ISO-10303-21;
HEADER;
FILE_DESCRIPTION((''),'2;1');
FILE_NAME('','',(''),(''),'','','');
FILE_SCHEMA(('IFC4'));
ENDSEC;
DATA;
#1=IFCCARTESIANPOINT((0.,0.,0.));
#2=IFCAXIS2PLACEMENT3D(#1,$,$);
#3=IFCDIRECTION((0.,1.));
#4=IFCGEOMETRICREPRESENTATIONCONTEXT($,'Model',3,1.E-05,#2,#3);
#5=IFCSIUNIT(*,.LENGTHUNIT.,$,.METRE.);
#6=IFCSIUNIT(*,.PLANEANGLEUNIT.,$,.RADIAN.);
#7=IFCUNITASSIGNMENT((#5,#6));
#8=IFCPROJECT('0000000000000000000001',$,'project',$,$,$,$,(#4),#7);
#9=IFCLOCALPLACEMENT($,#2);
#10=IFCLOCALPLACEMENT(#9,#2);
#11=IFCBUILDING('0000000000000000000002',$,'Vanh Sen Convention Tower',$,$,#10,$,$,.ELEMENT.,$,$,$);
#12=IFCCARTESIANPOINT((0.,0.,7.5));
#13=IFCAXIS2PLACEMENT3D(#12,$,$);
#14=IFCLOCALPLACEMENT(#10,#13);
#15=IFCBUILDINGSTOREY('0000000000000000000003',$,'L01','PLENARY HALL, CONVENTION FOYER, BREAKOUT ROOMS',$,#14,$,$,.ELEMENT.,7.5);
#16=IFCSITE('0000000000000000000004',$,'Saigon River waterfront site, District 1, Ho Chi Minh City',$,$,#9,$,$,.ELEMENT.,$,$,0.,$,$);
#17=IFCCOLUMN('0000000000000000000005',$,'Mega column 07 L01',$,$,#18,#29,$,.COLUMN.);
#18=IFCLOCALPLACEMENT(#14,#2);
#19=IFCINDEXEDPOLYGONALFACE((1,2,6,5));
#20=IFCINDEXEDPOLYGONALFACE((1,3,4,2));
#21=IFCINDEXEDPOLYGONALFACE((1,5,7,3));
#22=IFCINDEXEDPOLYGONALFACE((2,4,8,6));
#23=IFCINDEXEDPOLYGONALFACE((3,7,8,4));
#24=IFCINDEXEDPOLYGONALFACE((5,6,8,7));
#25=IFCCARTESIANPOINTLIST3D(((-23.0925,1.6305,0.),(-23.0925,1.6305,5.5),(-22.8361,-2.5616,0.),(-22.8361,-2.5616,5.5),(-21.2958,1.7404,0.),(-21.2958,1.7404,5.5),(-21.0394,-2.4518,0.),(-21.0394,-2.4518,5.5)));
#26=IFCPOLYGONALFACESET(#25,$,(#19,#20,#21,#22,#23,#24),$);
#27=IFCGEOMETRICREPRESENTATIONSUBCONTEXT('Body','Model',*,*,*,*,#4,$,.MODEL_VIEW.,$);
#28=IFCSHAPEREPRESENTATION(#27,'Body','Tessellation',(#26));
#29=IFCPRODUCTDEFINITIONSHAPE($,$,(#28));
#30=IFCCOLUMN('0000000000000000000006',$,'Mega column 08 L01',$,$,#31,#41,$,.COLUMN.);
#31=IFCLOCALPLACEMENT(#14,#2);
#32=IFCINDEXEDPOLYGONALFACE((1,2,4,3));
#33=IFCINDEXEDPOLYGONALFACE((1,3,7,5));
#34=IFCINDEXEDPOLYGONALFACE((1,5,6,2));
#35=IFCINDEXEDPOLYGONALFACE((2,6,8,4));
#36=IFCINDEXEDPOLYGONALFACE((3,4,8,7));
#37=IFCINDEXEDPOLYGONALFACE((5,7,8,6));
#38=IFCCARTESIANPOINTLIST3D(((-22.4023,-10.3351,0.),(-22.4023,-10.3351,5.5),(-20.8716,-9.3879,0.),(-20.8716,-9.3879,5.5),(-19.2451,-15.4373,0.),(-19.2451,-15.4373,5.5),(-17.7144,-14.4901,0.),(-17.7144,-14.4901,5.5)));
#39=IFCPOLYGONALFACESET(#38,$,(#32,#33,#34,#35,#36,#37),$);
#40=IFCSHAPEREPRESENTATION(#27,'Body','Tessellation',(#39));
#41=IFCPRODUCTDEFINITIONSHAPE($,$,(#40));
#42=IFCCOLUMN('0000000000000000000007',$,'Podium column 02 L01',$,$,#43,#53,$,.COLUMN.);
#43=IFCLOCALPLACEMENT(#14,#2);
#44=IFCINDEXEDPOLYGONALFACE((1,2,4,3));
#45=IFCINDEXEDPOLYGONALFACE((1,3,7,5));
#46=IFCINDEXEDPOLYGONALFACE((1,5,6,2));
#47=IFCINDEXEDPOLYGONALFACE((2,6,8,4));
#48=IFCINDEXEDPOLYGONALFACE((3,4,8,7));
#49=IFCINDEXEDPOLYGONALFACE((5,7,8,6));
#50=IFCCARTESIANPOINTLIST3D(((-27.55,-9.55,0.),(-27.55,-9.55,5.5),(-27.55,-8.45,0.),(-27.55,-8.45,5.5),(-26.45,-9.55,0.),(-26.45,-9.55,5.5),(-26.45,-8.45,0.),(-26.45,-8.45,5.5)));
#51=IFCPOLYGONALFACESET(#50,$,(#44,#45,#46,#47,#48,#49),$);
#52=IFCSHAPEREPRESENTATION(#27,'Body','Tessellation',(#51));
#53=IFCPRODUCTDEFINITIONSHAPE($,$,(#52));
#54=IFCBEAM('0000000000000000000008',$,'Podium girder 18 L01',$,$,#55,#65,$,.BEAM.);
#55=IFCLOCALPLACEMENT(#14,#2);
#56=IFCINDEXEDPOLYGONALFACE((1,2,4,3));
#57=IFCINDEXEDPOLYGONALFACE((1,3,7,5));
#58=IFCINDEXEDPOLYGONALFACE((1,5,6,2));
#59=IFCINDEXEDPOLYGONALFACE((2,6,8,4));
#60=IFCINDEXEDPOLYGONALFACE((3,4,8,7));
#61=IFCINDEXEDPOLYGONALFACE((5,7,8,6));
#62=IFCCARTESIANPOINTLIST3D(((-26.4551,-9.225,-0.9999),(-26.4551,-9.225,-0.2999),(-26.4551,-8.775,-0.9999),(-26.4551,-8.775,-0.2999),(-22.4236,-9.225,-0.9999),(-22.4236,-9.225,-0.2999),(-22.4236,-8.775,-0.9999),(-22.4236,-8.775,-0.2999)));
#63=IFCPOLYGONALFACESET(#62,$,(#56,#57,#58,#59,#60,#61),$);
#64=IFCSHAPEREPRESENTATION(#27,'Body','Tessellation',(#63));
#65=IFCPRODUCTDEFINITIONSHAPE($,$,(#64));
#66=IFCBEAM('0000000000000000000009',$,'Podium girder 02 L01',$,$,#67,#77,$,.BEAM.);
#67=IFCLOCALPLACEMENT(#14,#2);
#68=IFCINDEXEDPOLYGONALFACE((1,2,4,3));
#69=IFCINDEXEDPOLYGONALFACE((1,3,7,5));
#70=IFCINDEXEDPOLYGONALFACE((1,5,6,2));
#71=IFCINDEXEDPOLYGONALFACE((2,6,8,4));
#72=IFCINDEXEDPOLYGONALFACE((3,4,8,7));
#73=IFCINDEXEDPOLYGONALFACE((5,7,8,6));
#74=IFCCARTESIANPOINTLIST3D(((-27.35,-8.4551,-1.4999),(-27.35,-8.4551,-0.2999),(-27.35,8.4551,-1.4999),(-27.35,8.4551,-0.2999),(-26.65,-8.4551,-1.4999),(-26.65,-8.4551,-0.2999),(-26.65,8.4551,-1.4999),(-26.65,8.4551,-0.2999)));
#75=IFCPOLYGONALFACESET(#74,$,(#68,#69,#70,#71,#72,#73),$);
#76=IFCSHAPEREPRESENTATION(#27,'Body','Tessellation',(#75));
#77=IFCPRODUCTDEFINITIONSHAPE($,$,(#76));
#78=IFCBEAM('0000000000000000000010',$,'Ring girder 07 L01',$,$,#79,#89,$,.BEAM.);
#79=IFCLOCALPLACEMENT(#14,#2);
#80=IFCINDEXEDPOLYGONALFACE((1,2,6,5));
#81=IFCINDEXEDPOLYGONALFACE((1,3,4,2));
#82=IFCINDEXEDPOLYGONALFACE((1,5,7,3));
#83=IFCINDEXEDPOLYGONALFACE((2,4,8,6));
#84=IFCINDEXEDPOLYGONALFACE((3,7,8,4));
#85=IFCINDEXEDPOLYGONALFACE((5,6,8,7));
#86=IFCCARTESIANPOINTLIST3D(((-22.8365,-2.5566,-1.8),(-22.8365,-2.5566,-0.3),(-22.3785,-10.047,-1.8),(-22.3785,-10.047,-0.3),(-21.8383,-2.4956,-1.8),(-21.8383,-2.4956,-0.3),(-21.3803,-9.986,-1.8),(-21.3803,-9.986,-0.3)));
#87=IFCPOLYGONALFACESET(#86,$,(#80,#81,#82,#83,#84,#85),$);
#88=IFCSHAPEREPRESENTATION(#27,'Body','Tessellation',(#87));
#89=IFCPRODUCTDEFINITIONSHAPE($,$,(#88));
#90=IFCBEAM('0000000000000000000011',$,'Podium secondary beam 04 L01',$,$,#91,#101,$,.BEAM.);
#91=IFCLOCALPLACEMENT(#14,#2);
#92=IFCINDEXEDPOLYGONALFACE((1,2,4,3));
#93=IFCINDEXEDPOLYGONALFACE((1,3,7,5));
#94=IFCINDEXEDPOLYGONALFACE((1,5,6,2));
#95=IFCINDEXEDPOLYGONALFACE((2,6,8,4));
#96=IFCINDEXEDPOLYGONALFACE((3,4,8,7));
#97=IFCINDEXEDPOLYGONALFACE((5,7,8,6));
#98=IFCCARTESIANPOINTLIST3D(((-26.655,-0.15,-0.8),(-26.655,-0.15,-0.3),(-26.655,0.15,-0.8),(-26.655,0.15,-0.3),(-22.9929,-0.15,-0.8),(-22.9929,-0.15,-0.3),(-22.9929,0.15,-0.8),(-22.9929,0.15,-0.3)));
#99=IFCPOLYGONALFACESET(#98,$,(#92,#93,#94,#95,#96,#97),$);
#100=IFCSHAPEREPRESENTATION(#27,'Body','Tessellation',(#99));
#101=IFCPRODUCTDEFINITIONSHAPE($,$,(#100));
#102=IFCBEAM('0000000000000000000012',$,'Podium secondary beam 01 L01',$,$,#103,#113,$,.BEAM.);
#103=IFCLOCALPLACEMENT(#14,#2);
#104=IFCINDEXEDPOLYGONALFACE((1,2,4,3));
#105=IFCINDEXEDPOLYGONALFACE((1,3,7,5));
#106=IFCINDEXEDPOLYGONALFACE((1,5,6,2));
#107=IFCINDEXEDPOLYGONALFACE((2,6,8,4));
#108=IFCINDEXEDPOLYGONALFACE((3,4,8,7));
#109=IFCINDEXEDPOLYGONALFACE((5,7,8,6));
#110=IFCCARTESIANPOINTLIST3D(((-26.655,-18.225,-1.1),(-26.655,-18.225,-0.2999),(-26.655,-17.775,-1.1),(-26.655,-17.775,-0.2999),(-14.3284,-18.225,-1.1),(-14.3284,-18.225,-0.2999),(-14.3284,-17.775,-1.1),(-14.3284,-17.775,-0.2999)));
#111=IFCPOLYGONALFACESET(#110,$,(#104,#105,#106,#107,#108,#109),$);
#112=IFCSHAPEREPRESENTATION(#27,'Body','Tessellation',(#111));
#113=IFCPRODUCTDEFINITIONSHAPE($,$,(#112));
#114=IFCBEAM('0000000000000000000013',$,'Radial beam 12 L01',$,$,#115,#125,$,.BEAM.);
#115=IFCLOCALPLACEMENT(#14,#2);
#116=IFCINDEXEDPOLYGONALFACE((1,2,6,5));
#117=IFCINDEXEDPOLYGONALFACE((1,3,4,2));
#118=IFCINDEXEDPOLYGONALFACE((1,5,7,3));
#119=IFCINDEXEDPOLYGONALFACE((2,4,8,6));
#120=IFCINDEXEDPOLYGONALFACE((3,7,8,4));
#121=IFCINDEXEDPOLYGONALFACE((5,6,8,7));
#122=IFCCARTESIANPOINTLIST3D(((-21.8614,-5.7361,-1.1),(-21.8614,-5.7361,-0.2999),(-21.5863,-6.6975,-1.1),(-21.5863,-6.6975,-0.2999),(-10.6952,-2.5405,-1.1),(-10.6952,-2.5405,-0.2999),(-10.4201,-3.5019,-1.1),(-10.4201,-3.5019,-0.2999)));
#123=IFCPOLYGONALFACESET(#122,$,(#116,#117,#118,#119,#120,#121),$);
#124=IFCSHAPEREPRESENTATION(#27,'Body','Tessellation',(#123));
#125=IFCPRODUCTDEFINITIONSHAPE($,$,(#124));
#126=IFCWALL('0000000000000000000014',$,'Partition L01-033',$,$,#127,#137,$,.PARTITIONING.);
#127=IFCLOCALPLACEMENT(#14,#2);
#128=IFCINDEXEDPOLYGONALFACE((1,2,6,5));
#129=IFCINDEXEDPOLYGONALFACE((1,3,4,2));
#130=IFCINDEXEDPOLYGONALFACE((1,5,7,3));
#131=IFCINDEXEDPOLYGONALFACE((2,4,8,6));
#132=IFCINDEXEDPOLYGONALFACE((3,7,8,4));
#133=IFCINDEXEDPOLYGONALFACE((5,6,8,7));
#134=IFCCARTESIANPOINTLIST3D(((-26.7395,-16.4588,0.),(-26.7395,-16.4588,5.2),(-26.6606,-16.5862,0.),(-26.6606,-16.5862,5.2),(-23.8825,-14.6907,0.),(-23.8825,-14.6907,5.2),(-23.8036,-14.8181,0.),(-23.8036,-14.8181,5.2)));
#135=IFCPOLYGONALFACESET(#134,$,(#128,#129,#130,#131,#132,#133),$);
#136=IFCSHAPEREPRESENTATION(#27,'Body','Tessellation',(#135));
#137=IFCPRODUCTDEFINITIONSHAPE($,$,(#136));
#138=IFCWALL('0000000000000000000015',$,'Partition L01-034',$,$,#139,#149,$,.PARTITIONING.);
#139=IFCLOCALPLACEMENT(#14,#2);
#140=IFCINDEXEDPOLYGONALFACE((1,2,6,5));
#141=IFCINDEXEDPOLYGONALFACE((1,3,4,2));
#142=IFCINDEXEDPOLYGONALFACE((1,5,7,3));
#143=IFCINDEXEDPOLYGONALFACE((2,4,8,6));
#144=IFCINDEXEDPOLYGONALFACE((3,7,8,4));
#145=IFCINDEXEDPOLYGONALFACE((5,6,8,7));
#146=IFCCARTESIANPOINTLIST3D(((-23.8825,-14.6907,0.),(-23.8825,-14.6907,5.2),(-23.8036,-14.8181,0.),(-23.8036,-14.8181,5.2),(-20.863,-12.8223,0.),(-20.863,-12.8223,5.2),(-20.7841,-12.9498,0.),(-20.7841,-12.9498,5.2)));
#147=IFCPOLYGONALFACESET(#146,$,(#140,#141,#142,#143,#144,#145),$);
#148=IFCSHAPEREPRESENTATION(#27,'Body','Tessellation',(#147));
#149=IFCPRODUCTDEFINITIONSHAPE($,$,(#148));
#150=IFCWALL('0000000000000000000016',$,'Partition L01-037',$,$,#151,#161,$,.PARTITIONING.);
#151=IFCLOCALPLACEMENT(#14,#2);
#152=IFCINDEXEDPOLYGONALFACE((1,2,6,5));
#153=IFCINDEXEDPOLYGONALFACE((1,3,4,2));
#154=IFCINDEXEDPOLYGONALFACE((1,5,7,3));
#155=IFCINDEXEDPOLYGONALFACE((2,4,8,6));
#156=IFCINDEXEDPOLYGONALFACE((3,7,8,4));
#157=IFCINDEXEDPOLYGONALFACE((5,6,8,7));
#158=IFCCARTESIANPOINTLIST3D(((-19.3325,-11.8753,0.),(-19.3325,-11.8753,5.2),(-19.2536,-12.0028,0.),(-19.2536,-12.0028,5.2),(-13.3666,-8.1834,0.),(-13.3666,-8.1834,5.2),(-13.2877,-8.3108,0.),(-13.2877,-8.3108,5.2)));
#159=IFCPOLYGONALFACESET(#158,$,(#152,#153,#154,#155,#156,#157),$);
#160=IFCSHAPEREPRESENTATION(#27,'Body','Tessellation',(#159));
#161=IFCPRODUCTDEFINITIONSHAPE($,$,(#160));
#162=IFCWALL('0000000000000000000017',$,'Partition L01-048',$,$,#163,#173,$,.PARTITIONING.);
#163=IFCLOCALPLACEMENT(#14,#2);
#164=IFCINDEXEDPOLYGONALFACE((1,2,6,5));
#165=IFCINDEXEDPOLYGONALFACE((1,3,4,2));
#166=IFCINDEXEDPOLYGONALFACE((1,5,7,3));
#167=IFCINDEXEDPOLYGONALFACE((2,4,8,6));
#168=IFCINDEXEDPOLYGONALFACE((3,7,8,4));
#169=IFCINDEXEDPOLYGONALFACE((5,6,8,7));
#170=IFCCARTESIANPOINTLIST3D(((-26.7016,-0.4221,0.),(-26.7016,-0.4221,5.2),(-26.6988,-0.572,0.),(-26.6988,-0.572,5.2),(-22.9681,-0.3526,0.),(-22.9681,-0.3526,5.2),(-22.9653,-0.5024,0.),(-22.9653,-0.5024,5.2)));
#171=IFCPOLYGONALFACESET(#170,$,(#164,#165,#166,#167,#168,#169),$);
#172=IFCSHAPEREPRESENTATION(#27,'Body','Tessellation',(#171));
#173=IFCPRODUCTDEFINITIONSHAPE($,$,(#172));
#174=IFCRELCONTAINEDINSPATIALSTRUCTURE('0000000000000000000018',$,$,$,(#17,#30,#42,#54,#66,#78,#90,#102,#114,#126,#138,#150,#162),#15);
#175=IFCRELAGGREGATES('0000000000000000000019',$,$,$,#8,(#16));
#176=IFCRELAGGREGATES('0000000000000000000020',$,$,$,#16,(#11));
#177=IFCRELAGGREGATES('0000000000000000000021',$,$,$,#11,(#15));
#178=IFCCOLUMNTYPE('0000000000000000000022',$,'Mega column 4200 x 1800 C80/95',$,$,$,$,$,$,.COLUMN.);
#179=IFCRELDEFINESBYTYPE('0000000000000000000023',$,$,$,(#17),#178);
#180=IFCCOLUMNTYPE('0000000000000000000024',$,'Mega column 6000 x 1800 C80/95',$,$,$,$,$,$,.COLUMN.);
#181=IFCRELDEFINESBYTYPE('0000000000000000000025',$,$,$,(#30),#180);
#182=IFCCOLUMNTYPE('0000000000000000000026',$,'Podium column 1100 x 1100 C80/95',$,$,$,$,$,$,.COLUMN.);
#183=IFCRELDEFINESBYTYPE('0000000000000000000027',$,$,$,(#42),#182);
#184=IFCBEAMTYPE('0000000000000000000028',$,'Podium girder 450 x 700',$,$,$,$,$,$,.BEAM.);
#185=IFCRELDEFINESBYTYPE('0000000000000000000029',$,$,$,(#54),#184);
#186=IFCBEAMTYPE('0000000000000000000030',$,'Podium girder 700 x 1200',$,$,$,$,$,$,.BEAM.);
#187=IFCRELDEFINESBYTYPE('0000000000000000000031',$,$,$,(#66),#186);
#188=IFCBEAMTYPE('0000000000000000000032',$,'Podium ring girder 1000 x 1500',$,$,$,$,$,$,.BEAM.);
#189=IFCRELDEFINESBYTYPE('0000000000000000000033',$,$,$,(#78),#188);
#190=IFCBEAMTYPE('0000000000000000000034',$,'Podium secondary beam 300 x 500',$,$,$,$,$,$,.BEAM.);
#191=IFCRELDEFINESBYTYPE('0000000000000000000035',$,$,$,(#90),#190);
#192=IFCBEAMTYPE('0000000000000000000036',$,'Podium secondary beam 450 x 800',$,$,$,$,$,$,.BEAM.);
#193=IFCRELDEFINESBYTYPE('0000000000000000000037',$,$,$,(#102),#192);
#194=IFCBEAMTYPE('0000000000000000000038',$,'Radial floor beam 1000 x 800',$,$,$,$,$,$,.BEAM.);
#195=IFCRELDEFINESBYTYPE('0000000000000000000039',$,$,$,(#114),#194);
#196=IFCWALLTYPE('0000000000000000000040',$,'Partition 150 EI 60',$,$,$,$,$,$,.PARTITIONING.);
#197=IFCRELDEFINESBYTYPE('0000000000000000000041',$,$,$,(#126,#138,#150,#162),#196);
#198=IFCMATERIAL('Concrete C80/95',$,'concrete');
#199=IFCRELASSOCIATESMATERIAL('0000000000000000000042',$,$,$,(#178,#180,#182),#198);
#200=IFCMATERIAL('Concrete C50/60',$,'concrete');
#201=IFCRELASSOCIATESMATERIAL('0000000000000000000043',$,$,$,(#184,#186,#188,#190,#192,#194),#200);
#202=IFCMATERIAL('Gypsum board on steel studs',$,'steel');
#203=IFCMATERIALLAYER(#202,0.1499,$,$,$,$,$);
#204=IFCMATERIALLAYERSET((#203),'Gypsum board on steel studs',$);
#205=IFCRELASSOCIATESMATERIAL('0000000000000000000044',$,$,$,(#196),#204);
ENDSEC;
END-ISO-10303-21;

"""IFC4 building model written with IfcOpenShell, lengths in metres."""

from ifc_helpers import new_model, si_unit, direction, frame, frame_2d, origin, origin_2d, place, context, subcontext, project, spatial, rectangle, extrude, material, layer, layer_set, material_profile, profile_set, type_object, element, save


model = new_model("IFC4")

# Units and contexts
model_context = context("Model", 3, precision=1e-05, world=origin(), true_north=direction((0.0, 1.0)))
body_context = subcontext(model_context, "Body", "Model", "MODEL_VIEW")
ifc_project = project(units=[si_unit("LENGTHUNIT", "METRE"), si_unit("PLANEANGLEUNIT", "RADIAN")], contexts=[model_context])

# Site, building, storey
site_placement = place(None, origin())
site = spatial("IfcSite", under=ifc_project, at=site_placement, Name="Saigon River waterfront site, District 1, Ho Chi Minh City", CompositionType="ELEMENT", RefElevation=0.0)
building_placement = place(site_placement, origin())
building = spatial("IfcBuilding", under=site, at=building_placement, Name="Vanh Sen Convention Tower", CompositionType="ELEMENT")
storey_placement = place(building_placement, frame((0.0, 0.0, 7.5)))
storey = spatial("IfcBuildingStorey", under=building, at=storey_placement, Name="L01", Description="PLENARY HALL, CONVENTION FOYER, BREAKOUT ROOMS", CompositionType="ELEMENT", Elevation=7.5)

# Columns
ifc_material_1 = material(Name="Concrete C80/95", Category="concrete")
ifc_material_profile_1 = material_profile(ifc_material_1, rectangle(XDim=4.2, YDim=1.8, at=origin_2d()), Name="RC 4200X1800")
ifc_profile_set_1 = profile_set([ifc_material_profile_1], Name="Concrete C80/95")
column_type_1 = type_object("IfcColumnType", Name="Mega column 4200 x 1800 C80/95", PredefinedType="COLUMN", material=ifc_profile_set_1)
column_1_placement = place(storey_placement, frame((-22.0659, -0.4106, 0.0), z_axis=(0.0, 0.0, 1.0), x_axis=(0.061047, -0.998135, 0.0)))
element("IfcColumn", 1, at=column_1_placement, inside=storey, type_object=column_type_1, Name="Mega column 07 L01", PredefinedType="COLUMN", context=body_context, shape_type="SweptSolid", body=[
    extrude(rectangle(XDim=4.2, YDim=1.8, at=origin_2d()), origin(), (0.0, 0.0, 1.0), 5.5),
])
ifc_material_profile_2 = material_profile(ifc_material_1, rectangle(XDim=6.0, YDim=1.8, at=origin_2d()), Name="RC 6000X1800")
ifc_profile_set_2 = profile_set([ifc_material_profile_2], Name="Concrete C80/95")
column_type_2 = type_object("IfcColumnType", Name="Mega column 6000 x 1800 C80/95", PredefinedType="COLUMN", material=ifc_profile_set_2)
column_2_placement = place(storey_placement, frame((-20.0583, -12.4126, 0.0), z_axis=(0.0, 0.0, 1.0), x_axis=(0.526202, -0.85036, 0.0)))
element("IfcColumn", 2, at=column_2_placement, inside=storey, type_object=column_type_2, Name="Mega column 08 L01", PredefinedType="COLUMN", context=body_context, shape_type="SweptSolid", body=[
    extrude(rectangle(XDim=6.0, YDim=1.8, at=origin_2d()), origin(), (0.0, 0.0, 1.0), 5.5),
])
ifc_material_profile_3 = material_profile(ifc_material_1, rectangle(XDim=1.1001, YDim=1.1001, at=origin_2d()), Name="RC 1100X1100")
ifc_profile_set_3 = profile_set([ifc_material_profile_3], Name="Concrete C80/95")
column_type_3 = type_object("IfcColumnType", Name="Podium column 1100 x 1100 C80/95", PredefinedType="COLUMN", material=ifc_profile_set_3)
column_3_placement = place(storey_placement, frame((-27.0, -9.0, 0.0), z_axis=(0.0, 0.0, 1.0), x_axis=(1.0, 0.0, 0.0)))
element("IfcColumn", 3, at=column_3_placement, inside=storey, type_object=column_type_3, Name="Podium column 02 L01", PredefinedType="COLUMN", context=body_context, shape_type="SweptSolid", body=[
    extrude(rectangle(XDim=1.1001, YDim=1.1001, at=origin_2d()), origin(), (0.0, 0.0, 1.0), 5.5),
])

# Beams
ifc_material_2 = material(Name="Concrete C50/60", Category="concrete")
ifc_material_profile_4 = material_profile(ifc_material_2, rectangle(XDim=0.45, YDim=0.7, at=origin_2d()), Name="RC 450X700")
ifc_profile_set_4 = profile_set([ifc_material_profile_4], Name="Concrete C50/60")
beam_type_1 = type_object("IfcBeamType", Name="Podium girder 450 x 700", PredefinedType="BEAM", material=ifc_profile_set_4)
beam_1_placement = place(storey_placement, frame((-26.4551, -9.0, -0.6499), z_axis=(1.0, 0.0, 0.0), x_axis=(0.0, 1.0, 0.0)))
element("IfcBeam", 4, at=beam_1_placement, inside=storey, type_object=beam_type_1, Name="Podium girder 18 L01", PredefinedType="BEAM", context=body_context, shape_type="SweptSolid", body=[
    extrude(rectangle(XDim=0.45, YDim=0.7, at=origin_2d()), origin(), (0.0, 0.0, 1.0), 4.0315),
])
ifc_material_profile_5 = material_profile(ifc_material_2, rectangle(XDim=0.7, YDim=1.2, at=origin_2d()), Name="RC 700X1200")
ifc_profile_set_5 = profile_set([ifc_material_profile_5], Name="Concrete C50/60")
beam_type_2 = type_object("IfcBeamType", Name="Podium girder 700 x 1200", PredefinedType="BEAM", material=ifc_profile_set_5)
beam_2_placement = place(storey_placement, frame((-27.0, -8.4551, -0.8999), z_axis=(0.0, 1.0, 0.0), x_axis=(-1.0, 0.0, 0.0)))
element("IfcBeam", 5, at=beam_2_placement, inside=storey, type_object=beam_type_2, Name="Podium girder 02 L01", PredefinedType="BEAM", context=body_context, shape_type="SweptSolid", body=[
    extrude(rectangle(XDim=0.7, YDim=1.2, at=origin_2d()), origin(), (0.0, 0.0, 1.0), 16.9102),
])
ifc_material_profile_6 = material_profile(ifc_material_2, rectangle(XDim=1.0, YDim=1.5, at=origin_2d()), Name="RC 1000X1500")
ifc_profile_set_6 = profile_set([ifc_material_profile_6], Name="Concrete C50/60")
beam_type_3 = type_object("IfcBeamType", Name="Podium ring girder 1000 x 1500", PredefinedType="BEAM", material=ifc_profile_set_6)
beam_3_placement = place(storey_placement, frame((-22.3374, -2.5261, -1.05), z_axis=(0.061031, -0.998136, 0.0), x_axis=(0.998136, 0.061031, 0.0)))
element("IfcBeam", 6, at=beam_3_placement, inside=storey, type_object=beam_type_3, Name="Ring girder 07 L01", PredefinedType="BEAM", context=body_context, shape_type="SweptSolid", body=[
    extrude(rectangle(XDim=1.0, YDim=1.5, at=origin_2d()), origin(), (0.0, 0.0, 1.0), 7.5044),
])
ifc_material_profile_7 = material_profile(ifc_material_2, rectangle(XDim=0.3, YDim=0.5, at=origin_2d()), Name="RC 300X500")
ifc_profile_set_7 = profile_set([ifc_material_profile_7], Name="Concrete C50/60")
beam_type_4 = type_object("IfcBeamType", Name="Podium secondary beam 300 x 500", PredefinedType="BEAM", material=ifc_profile_set_7)
beam_4_placement = place(storey_placement, frame((-26.655, 0.0, -0.55), z_axis=(1.0, 0.0, 0.0), x_axis=(0.0, 1.0, 0.0)))
element("IfcBeam", 7, at=beam_4_placement, inside=storey, type_object=beam_type_4, Name="Podium secondary beam 04 L01", PredefinedType="BEAM", context=body_context, shape_type="SweptSolid", body=[
    extrude(rectangle(XDim=0.3, YDim=0.5, at=origin_2d()), origin(), (0.0, 0.0, 1.0), 3.6621),
])
ifc_material_profile_8 = material_profile(ifc_material_2, rectangle(XDim=0.45, YDim=0.8, at=origin_2d()), Name="RC 450X800")
ifc_profile_set_8 = profile_set([ifc_material_profile_8], Name="Concrete C50/60")
beam_type_5 = type_object("IfcBeamType", Name="Podium secondary beam 450 x 800", PredefinedType="BEAM", material=ifc_profile_set_8)
beam_5_placement = place(storey_placement, frame((-26.655, -18.0, -0.7), z_axis=(1.0, 0.0, 0.0), x_axis=(0.0, 1.0, 0.0)))
element("IfcBeam", 8, at=beam_5_placement, inside=storey, type_object=beam_type_5, Name="Podium secondary beam 01 L01", PredefinedType="BEAM", context=body_context, shape_type="SweptSolid", body=[
    extrude(rectangle(XDim=0.45, YDim=0.8, at=origin_2d()), origin(), (0.0, 0.0, 1.0), 12.3267),
])
ifc_material_profile_9 = material_profile(ifc_material_2, rectangle(XDim=1.0, YDim=0.8, at=origin_2d()), Name="RC 1000X800")
ifc_profile_set_9 = profile_set([ifc_material_profile_9], Name="Concrete C50/60")
beam_type_6 = type_object("IfcBeamType", Name="Radial floor beam 1000 x 800", PredefinedType="BEAM", material=ifc_profile_set_9)
beam_6_placement = place(storey_placement, frame((-21.7239, -6.2168, -0.7), z_axis=(0.961406, 0.275135, 0.0), x_axis=(-0.275135, 0.961406, 0.0)))
element("IfcBeam", 9, at=beam_6_placement, inside=storey, type_object=beam_type_6, Name="Radial beam 12 L01", PredefinedType="BEAM", context=body_context, shape_type="SweptSolid", body=[
    extrude(rectangle(XDim=1.0, YDim=0.8, at=origin_2d()), origin(), (0.0, 0.0, 1.0), 11.6145),
])

# Walls
ifc_material_3 = material(Name="Gypsum board on steel studs", Category="steel")
ifc_layer_1 = layer(ifc_material_3, 0.1499)
ifc_layer_set_1 = layer_set([ifc_layer_1], Name="Gypsum board on steel studs")
wall_type_1 = type_object("IfcWallType", Name="Partition 150 EI 60", PredefinedType="PARTITIONING", material=ifc_layer_set_1)
wall_1_placement = place(storey_placement, frame((-23.843, -14.7544, 0.0), z_axis=(0.0, 0.0, 1.0), x_axis=(-0.850333, -0.526245, 0.0)))
element("IfcWall", 10, at=wall_1_placement, inside=storey, type_object=wall_type_1, Name="Partition L01-033", PredefinedType="PARTITIONING", context=body_context, shape_type="SweptSolid", body=[
    extrude(rectangle(XDim=3.3599, YDim=0.1499, at=frame_2d((1.6799, 0.0))), origin(), (0.0, 0.0, 1.0), 5.2),
])
wall_2_placement = place(storey_placement, frame((-23.843, -14.7544, 0.0), z_axis=(0.0, 0.0, 1.0), x_axis=(0.850369, 0.526187, 0.0)))
element("IfcWall", 11, at=wall_2_placement, inside=storey, type_object=wall_type_1, Name="Partition L01-034", PredefinedType="PARTITIONING", context=body_context, shape_type="SweptSolid", body=[
    extrude(rectangle(XDim=3.5508, YDim=0.1499, at=frame_2d((1.7754, 0.0))), origin(), (0.0, 0.0, 1.0), 5.2),
])
wall_3_placement = place(storey_placement, frame((-19.293, -11.939, 0.0), z_axis=(0.0, 0.0, 1.0), x_axis=(0.850344, 0.526228, 0.0)))
element("IfcWall", 12, at=wall_3_placement, inside=storey, type_object=wall_type_1, Name="Partition L01-037", PredefinedType="PARTITIONING", context=body_context, shape_type="SweptSolid", body=[
    extrude(rectangle(XDim=7.0159, YDim=0.1499, at=frame_2d((3.5078, 0.0))), origin(), (0.0, 0.0, 1.0), 5.2),
])
wall_4_placement = place(storey_placement, frame((-22.9666, -0.4275, 0.0), z_axis=(0.0, 0.0, 1.0), x_axis=(-0.999826, -0.018634, 0.0)))
element("IfcWall", 13, at=wall_4_placement, inside=storey, type_object=wall_type_1, Name="Partition L01-048", PredefinedType="PARTITIONING", context=body_context, shape_type="SweptSolid", body=[
    extrude(rectangle(XDim=3.7341, YDim=0.1499, at=frame_2d((1.8672, 0.0))), origin(), (0.0, 0.0, 1.0), 5.2),
])

save(model, "model.ifc")
